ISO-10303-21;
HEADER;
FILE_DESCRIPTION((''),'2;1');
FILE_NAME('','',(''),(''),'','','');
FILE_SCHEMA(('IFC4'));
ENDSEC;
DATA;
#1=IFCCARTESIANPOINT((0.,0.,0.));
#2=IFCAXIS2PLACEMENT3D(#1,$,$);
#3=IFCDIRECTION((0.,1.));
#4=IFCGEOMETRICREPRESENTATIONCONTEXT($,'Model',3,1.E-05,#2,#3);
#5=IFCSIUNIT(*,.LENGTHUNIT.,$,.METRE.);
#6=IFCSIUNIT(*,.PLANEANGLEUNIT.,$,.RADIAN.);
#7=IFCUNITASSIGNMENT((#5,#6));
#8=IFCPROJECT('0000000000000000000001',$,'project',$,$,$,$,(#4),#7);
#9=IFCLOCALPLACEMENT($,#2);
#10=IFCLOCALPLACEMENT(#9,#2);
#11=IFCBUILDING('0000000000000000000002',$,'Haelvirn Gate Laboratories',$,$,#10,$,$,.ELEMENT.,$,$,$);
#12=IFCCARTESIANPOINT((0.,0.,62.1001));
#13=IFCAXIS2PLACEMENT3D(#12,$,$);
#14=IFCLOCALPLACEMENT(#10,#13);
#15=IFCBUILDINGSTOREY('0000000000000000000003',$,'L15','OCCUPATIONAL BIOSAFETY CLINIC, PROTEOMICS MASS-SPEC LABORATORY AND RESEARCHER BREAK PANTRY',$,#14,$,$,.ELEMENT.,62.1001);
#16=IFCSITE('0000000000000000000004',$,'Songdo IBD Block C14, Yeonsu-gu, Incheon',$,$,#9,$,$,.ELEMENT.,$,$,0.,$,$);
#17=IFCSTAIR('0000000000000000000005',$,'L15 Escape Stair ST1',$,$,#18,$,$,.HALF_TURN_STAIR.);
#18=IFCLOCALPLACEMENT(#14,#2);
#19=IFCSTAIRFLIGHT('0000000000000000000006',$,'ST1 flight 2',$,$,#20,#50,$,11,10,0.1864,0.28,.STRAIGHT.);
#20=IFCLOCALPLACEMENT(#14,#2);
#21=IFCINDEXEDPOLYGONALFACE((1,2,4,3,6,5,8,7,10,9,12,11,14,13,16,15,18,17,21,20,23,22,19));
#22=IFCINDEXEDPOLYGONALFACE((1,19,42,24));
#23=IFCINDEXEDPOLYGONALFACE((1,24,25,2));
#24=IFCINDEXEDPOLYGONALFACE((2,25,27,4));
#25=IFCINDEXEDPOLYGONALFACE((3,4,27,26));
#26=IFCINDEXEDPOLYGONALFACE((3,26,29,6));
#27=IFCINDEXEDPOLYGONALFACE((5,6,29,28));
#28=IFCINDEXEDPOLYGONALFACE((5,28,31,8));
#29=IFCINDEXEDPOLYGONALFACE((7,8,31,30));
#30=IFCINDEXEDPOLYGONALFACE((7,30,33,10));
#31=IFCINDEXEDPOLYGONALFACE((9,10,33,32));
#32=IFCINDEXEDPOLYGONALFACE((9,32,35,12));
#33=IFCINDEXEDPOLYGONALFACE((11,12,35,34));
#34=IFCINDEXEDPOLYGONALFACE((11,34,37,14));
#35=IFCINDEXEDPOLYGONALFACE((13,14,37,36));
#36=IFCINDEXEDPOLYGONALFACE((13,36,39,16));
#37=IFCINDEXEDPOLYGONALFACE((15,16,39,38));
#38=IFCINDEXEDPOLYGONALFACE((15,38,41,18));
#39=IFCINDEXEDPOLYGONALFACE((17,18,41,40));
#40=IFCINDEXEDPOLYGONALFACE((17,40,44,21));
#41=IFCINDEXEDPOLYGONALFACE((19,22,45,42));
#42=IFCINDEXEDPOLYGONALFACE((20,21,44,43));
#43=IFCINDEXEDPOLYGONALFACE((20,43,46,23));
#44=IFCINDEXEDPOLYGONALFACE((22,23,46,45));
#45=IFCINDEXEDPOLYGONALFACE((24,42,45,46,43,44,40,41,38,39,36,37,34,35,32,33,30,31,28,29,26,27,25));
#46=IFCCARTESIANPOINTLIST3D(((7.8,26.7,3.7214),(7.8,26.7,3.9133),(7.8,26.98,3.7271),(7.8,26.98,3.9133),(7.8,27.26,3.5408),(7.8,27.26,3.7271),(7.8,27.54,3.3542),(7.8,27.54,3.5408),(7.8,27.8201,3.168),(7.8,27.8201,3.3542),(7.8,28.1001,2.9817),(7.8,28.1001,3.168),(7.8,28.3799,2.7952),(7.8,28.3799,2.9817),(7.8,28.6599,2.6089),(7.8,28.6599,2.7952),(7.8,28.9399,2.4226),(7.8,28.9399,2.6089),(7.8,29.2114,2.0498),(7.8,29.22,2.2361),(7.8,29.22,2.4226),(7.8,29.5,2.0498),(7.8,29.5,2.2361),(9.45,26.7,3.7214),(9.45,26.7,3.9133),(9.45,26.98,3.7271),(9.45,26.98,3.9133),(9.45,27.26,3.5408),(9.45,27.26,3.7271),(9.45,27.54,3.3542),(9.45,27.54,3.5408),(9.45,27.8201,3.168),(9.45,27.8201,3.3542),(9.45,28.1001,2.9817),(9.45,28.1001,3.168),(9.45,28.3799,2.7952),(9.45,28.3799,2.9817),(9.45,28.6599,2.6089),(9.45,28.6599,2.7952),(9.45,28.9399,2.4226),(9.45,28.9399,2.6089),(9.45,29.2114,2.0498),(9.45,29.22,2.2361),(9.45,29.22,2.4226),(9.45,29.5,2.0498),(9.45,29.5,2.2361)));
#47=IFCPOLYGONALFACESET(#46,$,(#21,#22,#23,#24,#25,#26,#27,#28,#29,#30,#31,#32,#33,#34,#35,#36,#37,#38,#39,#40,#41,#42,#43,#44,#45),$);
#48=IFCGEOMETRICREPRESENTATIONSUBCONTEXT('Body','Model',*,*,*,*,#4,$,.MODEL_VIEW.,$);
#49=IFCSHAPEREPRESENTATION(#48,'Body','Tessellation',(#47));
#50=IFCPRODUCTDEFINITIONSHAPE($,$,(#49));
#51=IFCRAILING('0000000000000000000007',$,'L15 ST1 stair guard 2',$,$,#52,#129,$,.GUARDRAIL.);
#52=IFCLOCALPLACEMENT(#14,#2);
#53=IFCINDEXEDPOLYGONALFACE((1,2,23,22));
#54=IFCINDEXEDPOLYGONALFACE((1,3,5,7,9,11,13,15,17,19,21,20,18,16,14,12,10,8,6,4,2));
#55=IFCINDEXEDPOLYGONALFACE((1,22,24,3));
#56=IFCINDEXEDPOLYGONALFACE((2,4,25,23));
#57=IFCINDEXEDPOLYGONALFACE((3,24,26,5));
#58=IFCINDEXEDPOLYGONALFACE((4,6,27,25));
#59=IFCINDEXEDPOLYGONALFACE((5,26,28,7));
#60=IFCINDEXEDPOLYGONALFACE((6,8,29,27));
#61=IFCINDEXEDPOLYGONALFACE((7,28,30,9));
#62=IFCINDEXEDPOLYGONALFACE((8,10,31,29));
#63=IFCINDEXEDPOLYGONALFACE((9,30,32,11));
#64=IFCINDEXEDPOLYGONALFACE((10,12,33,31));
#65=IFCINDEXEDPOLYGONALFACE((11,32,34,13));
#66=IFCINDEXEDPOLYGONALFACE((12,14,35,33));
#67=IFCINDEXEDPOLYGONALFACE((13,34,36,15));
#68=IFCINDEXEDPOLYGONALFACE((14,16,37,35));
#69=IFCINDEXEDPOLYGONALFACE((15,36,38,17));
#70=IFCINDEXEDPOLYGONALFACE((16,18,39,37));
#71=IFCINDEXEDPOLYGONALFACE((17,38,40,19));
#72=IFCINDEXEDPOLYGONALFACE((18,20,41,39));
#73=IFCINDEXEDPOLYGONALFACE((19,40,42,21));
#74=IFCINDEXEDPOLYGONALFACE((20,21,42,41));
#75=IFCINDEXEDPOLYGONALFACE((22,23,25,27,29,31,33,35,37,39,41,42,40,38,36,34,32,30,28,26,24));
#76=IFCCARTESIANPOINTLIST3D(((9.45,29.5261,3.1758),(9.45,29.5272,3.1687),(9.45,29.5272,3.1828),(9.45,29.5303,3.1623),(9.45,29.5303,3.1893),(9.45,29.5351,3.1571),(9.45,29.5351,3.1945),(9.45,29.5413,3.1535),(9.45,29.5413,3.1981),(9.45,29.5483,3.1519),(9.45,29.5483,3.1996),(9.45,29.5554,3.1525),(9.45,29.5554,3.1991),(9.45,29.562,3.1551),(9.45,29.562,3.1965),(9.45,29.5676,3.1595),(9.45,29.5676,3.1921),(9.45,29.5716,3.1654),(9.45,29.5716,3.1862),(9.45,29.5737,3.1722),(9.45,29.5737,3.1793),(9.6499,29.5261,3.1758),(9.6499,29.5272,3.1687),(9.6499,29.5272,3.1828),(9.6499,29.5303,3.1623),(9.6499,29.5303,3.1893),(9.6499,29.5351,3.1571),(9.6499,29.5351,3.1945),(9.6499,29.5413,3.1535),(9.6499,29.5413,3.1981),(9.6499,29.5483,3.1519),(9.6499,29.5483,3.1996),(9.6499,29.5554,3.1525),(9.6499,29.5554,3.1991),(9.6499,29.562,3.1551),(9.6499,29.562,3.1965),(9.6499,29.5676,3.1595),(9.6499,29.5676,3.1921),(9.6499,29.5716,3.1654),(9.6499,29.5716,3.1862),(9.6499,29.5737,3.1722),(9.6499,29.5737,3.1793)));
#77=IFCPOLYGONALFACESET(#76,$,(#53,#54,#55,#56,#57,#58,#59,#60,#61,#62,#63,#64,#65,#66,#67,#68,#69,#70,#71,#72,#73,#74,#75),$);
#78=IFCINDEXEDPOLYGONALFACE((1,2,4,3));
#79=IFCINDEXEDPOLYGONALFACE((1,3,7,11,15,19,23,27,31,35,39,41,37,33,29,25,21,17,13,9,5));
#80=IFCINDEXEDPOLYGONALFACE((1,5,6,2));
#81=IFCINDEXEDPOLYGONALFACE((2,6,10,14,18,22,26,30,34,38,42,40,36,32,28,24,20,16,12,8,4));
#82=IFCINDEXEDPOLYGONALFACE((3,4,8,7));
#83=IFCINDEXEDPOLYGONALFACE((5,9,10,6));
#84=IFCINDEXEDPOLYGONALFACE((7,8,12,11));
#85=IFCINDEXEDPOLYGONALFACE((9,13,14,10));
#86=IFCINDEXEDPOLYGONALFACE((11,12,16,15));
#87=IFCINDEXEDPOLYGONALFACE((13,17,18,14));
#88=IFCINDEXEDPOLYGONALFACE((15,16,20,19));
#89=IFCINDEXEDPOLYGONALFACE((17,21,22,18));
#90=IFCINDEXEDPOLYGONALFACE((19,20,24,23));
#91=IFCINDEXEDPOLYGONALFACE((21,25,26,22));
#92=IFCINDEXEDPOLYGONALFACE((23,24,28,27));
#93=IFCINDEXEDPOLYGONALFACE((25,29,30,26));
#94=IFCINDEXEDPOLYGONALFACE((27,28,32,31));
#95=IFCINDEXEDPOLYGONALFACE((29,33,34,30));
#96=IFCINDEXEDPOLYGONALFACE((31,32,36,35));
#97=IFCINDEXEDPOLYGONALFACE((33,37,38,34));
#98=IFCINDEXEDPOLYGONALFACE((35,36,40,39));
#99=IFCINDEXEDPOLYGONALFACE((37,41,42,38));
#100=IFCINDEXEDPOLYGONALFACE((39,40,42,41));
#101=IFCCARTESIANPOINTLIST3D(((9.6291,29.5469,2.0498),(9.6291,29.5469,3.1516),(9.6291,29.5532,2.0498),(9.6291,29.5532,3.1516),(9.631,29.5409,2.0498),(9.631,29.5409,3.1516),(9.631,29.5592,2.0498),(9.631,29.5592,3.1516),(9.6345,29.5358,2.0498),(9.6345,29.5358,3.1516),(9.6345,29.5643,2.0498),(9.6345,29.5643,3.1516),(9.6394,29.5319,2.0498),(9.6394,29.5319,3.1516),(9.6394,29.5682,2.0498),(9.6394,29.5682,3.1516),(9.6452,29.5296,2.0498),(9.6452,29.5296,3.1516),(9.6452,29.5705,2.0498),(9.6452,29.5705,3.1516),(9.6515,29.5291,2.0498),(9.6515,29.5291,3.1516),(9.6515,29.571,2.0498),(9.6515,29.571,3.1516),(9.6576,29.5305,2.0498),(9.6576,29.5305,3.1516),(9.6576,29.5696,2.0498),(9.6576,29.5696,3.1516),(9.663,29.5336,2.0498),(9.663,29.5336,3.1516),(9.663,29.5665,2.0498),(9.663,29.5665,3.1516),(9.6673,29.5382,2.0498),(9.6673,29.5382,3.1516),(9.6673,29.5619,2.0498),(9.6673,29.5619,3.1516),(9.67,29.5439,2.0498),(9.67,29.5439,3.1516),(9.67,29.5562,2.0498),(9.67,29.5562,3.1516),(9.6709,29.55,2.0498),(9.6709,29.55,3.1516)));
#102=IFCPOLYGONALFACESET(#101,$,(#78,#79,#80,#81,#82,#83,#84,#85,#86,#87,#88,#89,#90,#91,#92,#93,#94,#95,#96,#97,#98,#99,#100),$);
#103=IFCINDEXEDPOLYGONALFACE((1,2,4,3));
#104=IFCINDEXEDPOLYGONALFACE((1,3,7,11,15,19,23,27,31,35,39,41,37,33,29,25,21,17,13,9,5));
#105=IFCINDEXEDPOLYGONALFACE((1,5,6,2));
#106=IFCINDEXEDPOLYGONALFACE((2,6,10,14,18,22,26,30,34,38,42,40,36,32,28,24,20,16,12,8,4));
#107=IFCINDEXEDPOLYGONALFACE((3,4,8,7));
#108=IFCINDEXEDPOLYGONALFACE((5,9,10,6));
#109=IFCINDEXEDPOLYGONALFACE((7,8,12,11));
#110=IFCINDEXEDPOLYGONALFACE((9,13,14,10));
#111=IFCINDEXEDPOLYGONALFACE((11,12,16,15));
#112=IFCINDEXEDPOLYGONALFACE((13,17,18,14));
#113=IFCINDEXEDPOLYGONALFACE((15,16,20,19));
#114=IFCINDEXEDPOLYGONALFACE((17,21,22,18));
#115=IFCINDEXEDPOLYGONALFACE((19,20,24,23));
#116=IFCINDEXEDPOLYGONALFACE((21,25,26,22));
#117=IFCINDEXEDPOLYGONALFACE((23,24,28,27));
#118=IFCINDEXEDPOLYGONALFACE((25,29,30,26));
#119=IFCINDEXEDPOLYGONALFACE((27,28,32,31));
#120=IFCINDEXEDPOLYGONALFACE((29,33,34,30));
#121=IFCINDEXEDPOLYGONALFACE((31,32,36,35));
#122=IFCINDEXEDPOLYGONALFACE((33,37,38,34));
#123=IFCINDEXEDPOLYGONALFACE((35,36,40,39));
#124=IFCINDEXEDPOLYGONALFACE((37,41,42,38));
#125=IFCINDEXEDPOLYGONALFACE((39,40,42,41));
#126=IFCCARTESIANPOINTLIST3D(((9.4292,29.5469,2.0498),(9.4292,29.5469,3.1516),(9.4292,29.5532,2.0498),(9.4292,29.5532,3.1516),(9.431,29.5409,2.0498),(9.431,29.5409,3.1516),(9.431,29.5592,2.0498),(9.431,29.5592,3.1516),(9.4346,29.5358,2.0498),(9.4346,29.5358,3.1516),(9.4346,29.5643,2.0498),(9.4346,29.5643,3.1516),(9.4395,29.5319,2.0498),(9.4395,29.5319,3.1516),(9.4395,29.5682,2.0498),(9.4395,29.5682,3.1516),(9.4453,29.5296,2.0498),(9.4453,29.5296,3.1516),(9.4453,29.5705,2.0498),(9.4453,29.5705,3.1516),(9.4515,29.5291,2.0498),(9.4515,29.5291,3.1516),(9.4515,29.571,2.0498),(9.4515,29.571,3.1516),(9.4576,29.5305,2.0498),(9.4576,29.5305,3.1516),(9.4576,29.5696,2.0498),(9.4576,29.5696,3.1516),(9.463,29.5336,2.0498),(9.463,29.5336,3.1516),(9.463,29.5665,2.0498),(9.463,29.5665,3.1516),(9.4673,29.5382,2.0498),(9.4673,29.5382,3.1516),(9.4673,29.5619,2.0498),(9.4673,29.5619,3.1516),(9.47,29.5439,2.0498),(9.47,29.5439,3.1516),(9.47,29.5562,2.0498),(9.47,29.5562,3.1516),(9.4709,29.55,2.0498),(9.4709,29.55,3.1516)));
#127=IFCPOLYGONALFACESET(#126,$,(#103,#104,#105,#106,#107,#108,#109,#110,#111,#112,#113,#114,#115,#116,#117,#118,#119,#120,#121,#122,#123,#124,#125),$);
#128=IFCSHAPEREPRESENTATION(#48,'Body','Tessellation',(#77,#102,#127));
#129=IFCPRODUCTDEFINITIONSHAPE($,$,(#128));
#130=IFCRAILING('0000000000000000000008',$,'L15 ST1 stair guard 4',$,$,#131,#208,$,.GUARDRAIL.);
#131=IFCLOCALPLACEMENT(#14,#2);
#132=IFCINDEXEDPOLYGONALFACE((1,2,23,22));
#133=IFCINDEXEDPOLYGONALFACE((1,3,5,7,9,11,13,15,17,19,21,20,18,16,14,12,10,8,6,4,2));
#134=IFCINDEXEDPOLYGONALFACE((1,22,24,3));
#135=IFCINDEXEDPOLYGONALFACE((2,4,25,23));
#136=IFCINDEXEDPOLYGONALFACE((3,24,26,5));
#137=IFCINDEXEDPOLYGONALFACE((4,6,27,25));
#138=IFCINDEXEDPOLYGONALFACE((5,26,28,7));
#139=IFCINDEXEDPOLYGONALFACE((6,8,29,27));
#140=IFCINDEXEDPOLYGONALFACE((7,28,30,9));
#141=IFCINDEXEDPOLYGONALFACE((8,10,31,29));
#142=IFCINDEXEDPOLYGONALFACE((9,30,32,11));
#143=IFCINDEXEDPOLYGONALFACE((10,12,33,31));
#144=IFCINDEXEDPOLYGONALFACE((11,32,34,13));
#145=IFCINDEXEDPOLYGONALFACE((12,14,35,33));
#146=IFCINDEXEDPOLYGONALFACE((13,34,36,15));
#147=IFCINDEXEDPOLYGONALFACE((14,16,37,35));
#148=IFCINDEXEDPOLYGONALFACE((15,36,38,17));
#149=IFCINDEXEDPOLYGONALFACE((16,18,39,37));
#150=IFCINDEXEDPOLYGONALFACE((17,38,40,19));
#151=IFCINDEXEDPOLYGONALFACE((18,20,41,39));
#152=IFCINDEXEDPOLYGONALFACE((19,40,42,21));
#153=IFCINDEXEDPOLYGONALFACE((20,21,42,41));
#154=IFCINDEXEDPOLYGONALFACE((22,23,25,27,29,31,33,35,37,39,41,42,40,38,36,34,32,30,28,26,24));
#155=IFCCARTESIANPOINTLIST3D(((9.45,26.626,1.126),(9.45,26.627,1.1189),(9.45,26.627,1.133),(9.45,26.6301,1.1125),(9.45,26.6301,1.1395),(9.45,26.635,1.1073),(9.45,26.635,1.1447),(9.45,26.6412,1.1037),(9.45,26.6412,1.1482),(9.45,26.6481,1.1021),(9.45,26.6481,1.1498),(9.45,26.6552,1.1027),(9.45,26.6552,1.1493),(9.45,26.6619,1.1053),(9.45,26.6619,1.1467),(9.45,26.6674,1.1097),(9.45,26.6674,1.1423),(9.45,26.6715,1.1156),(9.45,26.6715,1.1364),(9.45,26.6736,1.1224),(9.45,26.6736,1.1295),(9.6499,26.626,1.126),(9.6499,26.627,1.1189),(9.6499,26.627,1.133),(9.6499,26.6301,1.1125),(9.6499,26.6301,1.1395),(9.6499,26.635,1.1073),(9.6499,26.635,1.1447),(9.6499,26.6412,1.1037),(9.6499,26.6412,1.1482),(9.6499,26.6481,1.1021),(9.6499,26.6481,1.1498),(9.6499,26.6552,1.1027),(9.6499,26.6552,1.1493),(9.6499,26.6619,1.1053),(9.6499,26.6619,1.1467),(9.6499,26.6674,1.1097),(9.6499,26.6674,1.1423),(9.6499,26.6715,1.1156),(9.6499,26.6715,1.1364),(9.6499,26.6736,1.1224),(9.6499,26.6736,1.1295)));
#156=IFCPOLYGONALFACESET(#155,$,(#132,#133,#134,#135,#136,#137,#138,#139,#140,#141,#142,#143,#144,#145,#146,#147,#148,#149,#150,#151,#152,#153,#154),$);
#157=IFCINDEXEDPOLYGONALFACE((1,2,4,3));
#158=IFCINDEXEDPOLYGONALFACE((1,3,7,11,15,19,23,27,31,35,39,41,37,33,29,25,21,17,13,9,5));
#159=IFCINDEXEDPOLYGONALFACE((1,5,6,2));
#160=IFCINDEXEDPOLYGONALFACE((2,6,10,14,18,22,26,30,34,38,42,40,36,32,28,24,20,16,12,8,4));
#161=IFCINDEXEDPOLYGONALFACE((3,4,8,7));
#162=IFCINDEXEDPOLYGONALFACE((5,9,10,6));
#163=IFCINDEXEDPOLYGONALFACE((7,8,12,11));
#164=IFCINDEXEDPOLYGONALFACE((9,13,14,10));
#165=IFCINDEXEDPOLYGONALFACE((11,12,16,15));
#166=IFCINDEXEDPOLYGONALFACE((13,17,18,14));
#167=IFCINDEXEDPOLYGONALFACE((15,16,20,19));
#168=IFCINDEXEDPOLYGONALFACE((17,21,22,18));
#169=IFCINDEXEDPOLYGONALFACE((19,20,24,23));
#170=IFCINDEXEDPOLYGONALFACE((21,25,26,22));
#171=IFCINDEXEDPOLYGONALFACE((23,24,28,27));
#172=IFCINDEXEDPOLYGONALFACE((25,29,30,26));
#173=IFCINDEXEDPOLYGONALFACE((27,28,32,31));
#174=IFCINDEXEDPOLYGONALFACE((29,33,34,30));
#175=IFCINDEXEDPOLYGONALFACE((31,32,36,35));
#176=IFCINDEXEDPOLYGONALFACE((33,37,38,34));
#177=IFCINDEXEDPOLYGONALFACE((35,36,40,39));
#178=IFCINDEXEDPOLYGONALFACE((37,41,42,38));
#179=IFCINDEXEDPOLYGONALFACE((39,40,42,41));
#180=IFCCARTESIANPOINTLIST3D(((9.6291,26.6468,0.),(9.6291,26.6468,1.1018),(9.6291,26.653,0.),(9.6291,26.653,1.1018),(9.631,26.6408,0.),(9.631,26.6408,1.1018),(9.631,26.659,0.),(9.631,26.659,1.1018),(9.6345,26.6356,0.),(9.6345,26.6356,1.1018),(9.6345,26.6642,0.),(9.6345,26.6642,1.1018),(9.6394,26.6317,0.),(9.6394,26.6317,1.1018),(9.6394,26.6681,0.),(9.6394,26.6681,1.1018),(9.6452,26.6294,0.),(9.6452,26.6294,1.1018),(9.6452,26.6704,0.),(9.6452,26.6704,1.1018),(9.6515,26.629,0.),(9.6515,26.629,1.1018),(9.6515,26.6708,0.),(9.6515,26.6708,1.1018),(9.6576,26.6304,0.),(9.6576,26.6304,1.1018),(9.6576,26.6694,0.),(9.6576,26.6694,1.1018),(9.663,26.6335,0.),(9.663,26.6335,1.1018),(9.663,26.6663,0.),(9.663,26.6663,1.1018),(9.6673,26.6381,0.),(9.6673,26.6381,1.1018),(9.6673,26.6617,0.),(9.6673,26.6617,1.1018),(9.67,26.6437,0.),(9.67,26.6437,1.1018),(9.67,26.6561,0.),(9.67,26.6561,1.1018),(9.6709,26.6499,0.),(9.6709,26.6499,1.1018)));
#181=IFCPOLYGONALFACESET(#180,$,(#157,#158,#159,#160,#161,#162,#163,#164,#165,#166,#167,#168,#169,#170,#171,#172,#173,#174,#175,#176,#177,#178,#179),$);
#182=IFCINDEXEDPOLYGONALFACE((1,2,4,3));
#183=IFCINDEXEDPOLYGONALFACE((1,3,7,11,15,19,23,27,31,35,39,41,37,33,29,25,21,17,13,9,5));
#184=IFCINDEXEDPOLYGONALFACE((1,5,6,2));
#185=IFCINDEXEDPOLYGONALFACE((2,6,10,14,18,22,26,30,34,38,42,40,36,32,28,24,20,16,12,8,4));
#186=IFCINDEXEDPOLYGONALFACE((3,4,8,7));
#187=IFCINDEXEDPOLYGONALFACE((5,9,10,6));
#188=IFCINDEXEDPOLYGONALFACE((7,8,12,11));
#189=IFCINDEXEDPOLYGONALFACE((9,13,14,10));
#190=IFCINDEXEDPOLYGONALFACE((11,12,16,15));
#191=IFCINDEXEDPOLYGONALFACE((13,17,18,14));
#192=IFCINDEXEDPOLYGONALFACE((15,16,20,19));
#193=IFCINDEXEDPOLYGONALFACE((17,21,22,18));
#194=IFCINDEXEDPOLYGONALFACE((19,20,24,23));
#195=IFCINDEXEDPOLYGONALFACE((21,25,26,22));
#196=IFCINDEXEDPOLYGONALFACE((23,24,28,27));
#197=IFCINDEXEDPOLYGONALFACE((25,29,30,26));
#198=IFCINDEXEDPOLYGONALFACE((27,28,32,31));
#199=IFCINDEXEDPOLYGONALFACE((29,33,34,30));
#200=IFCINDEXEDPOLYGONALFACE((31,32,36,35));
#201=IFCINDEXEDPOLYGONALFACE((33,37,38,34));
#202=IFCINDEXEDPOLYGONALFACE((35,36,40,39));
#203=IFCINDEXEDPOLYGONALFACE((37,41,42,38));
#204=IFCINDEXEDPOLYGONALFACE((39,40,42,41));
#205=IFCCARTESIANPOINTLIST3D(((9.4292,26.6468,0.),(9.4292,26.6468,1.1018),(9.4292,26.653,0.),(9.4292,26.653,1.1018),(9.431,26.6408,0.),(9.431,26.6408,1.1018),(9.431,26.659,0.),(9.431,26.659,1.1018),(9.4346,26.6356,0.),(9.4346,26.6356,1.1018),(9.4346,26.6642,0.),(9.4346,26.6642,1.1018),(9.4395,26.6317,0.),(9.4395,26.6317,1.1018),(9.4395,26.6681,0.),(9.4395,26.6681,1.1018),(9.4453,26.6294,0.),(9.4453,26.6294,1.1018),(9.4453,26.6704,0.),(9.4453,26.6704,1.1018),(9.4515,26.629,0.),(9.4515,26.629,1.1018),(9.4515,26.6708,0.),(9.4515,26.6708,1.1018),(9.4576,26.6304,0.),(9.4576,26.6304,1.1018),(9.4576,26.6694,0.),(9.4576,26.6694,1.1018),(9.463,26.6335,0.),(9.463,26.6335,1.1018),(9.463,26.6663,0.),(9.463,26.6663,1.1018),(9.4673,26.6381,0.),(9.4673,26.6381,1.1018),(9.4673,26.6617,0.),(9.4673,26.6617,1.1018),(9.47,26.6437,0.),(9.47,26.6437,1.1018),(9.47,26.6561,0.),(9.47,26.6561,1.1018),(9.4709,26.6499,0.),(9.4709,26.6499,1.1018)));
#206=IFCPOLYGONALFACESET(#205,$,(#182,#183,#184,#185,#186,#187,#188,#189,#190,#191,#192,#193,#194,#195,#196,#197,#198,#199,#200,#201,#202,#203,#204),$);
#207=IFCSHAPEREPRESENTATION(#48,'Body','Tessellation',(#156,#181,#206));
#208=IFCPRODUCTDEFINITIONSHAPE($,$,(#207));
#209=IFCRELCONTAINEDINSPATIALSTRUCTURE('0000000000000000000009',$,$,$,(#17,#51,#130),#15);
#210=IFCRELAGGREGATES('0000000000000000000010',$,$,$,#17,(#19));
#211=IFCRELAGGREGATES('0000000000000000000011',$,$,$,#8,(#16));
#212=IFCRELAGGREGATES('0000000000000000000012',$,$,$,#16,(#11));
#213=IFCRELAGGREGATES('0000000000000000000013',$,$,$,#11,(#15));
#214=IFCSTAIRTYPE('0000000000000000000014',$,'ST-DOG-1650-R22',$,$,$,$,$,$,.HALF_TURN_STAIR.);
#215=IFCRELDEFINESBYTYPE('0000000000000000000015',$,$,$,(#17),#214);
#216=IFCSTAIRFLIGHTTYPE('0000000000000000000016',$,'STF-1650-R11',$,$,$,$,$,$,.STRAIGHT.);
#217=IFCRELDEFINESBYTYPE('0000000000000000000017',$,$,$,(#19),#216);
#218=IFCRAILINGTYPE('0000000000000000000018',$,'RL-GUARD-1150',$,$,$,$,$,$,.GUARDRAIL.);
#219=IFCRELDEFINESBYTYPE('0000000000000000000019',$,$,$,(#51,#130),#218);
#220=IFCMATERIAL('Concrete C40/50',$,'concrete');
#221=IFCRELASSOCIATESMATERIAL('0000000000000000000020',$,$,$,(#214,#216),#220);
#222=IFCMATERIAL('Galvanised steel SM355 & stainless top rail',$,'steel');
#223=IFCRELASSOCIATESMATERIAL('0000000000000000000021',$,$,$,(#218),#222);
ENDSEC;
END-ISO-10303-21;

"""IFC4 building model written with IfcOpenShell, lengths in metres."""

from ifc_helpers import new_model, si_unit, direction, frame, origin, origin_2d, place, context, subcontext, project, spatial, polyline, circle, outline, extrude, source, transform, mapped, material, type_object, type_shapes, element, aggregate, save


model = new_model("IFC4")

# Units and contexts
model_context = context("Model", 3, precision=1e-05, world=origin(), true_north=direction((0.0, 1.0)))
body_context = subcontext(model_context, "Body", "Model", "MODEL_VIEW")
ifc_project = project(units=[si_unit("LENGTHUNIT", "METRE"), si_unit("PLANEANGLEUNIT", "RADIAN")], contexts=[model_context])

# Site, building, storey
site_placement = place(None, origin())
site = spatial("IfcSite", under=ifc_project, at=site_placement, Name="Songdo IBD Block C14, Yeonsu-gu, Incheon", CompositionType="ELEMENT", RefElevation=0.0)
building_placement = place(site_placement, origin())
building = spatial("IfcBuilding", under=site, at=building_placement, Name="Haelvirn Gate Laboratories", CompositionType="ELEMENT")
storey_placement = place(building_placement, frame((0.0, 0.0, 62.1001)))
storey = spatial("IfcBuildingStorey", under=building, at=storey_placement, Name="L15", Description="OCCUPATIONAL BIOSAFETY CLINIC, PROTEOMICS MASS-SPEC LABORATORY AND RESEARCHER BREAK PANTRY", CompositionType="ELEMENT", Elevation=62.1001)

# Shared definitions
ifc_material_1 = material(Name="Concrete C40/50", Category="concrete")

# Stair, stair flight
stair_type = type_object("IfcStairType", Name="ST-DOG-1650-R22", PredefinedType="HALF_TURN_STAIR", material=ifc_material_1)
stair_placement = place(storey_placement, origin())
stair = element("IfcStair", 1, at=stair_placement, inside=storey, type_object=stair_type, Name="L15 Escape Stair ST1", PredefinedType="HALF_TURN_STAIR")
stair_flight_type = type_object("IfcStairFlightType", Name="STF-1650-R11", PredefinedType="STRAIGHT", material=ifc_material_1)
shared_shape_1 = source(origin(), body_context, "Body", "SweptSolid", [
    extrude(outline(polyline([(0.0, 0.0), (0.0, 0.1863), (0.28, 0.1863), (0.28, 0.3728), (0.5601, 0.3728), (0.5601, 0.5591), (0.8401, 0.5591), (0.8401, 0.7454), (1.1201, 0.7454), (1.1201, 0.9319), (1.3999, 0.9319), (1.3999, 1.1182), (1.6799, 1.1182), (1.6799, 1.3044), (1.96, 1.3044), (1.96, 1.491), (2.24, 1.491), (2.24, 1.6772), (2.52, 1.6772), (2.52, 1.8635), (2.8, 1.8635), (2.8, 2.05), (2.8, 1.6716), (0.2886, 0.0), (0.0, 0.0)])), frame((0.0, 0.825, 0.0), z_axis=(0.0, -1.0, 0.0), x_axis=(1.0, 0.0, 0.0)), (0.0, 0.0, 1.0), 1.6499),
])
type_shapes(stair_flight_type, [shared_shape_1])
stair_flight_1_placement = place(storey_placement, frame((8.625, 29.5, 2.0498), z_axis=(0.0, 0.0, 1.0), x_axis=(0.0, -1.0, 0.0)))
stair_flight_1 = element("IfcStairFlight", 2, at=stair_flight_1_placement, type_object=stair_flight_type, Name="ST1 flight 2", NumberOfRisers=11, NumberOfTreads=10, PredefinedType="STRAIGHT", RiserHeight=0.1864, TreadLength=0.28, context=body_context, shape_type="MappedRepresentation", body=[
    mapped(shared_shape_1, transform((0.0, 0.0, 0.0), scale=1.0)),
])
aggregate(stair, [stair_flight_1])

# Railings
ifc_material_2 = material(Name="Galvanised steel SM355 & stainless top rail", Category="steel")
railing_type_1 = type_object("IfcRailingType", Name="RL-GUARD-1150", PredefinedType="GUARDRAIL", material=ifc_material_2)
shared_shape_2 = source(origin(), body_context, "Body", "SweptSolid", [
    extrude(circle(Radius=0.0239, at=origin_2d()), frame((0.0, 0.0, 1.126), z_axis=(-1.0, 0.0, 0.0), x_axis=(0.0, -1.0, 0.0)), (0.0, 0.0, 1.0), 0.2),
    extrude(circle(Radius=0.021, at=origin_2d()), origin(), (0.0, 0.0, 1.0), 1.1018),
    extrude(circle(Radius=0.021, at=origin_2d()), frame((-0.2, 0.0, 0.0)), (0.0, 0.0, 1.0), 1.1018),
])
for number, where, name in (
    (3, (9.6499, 29.55, 2.0498), "L15 ST1 stair guard 2"),
    (4, (9.6499, 26.6499, 0.0), "L15 ST1 stair guard 4"),
):
    element("IfcRailing", number, at=place(storey_placement, frame(where)), inside=storey, type_object=railing_type_1, Name=name, PredefinedType="GUARDRAIL", context=body_context, shape_type="MappedRepresentation", body=[
        mapped(shared_shape_2, transform((0.0, 0.0, 0.0), scale=1.0)),
    ])

save(model, "model.ifc")
